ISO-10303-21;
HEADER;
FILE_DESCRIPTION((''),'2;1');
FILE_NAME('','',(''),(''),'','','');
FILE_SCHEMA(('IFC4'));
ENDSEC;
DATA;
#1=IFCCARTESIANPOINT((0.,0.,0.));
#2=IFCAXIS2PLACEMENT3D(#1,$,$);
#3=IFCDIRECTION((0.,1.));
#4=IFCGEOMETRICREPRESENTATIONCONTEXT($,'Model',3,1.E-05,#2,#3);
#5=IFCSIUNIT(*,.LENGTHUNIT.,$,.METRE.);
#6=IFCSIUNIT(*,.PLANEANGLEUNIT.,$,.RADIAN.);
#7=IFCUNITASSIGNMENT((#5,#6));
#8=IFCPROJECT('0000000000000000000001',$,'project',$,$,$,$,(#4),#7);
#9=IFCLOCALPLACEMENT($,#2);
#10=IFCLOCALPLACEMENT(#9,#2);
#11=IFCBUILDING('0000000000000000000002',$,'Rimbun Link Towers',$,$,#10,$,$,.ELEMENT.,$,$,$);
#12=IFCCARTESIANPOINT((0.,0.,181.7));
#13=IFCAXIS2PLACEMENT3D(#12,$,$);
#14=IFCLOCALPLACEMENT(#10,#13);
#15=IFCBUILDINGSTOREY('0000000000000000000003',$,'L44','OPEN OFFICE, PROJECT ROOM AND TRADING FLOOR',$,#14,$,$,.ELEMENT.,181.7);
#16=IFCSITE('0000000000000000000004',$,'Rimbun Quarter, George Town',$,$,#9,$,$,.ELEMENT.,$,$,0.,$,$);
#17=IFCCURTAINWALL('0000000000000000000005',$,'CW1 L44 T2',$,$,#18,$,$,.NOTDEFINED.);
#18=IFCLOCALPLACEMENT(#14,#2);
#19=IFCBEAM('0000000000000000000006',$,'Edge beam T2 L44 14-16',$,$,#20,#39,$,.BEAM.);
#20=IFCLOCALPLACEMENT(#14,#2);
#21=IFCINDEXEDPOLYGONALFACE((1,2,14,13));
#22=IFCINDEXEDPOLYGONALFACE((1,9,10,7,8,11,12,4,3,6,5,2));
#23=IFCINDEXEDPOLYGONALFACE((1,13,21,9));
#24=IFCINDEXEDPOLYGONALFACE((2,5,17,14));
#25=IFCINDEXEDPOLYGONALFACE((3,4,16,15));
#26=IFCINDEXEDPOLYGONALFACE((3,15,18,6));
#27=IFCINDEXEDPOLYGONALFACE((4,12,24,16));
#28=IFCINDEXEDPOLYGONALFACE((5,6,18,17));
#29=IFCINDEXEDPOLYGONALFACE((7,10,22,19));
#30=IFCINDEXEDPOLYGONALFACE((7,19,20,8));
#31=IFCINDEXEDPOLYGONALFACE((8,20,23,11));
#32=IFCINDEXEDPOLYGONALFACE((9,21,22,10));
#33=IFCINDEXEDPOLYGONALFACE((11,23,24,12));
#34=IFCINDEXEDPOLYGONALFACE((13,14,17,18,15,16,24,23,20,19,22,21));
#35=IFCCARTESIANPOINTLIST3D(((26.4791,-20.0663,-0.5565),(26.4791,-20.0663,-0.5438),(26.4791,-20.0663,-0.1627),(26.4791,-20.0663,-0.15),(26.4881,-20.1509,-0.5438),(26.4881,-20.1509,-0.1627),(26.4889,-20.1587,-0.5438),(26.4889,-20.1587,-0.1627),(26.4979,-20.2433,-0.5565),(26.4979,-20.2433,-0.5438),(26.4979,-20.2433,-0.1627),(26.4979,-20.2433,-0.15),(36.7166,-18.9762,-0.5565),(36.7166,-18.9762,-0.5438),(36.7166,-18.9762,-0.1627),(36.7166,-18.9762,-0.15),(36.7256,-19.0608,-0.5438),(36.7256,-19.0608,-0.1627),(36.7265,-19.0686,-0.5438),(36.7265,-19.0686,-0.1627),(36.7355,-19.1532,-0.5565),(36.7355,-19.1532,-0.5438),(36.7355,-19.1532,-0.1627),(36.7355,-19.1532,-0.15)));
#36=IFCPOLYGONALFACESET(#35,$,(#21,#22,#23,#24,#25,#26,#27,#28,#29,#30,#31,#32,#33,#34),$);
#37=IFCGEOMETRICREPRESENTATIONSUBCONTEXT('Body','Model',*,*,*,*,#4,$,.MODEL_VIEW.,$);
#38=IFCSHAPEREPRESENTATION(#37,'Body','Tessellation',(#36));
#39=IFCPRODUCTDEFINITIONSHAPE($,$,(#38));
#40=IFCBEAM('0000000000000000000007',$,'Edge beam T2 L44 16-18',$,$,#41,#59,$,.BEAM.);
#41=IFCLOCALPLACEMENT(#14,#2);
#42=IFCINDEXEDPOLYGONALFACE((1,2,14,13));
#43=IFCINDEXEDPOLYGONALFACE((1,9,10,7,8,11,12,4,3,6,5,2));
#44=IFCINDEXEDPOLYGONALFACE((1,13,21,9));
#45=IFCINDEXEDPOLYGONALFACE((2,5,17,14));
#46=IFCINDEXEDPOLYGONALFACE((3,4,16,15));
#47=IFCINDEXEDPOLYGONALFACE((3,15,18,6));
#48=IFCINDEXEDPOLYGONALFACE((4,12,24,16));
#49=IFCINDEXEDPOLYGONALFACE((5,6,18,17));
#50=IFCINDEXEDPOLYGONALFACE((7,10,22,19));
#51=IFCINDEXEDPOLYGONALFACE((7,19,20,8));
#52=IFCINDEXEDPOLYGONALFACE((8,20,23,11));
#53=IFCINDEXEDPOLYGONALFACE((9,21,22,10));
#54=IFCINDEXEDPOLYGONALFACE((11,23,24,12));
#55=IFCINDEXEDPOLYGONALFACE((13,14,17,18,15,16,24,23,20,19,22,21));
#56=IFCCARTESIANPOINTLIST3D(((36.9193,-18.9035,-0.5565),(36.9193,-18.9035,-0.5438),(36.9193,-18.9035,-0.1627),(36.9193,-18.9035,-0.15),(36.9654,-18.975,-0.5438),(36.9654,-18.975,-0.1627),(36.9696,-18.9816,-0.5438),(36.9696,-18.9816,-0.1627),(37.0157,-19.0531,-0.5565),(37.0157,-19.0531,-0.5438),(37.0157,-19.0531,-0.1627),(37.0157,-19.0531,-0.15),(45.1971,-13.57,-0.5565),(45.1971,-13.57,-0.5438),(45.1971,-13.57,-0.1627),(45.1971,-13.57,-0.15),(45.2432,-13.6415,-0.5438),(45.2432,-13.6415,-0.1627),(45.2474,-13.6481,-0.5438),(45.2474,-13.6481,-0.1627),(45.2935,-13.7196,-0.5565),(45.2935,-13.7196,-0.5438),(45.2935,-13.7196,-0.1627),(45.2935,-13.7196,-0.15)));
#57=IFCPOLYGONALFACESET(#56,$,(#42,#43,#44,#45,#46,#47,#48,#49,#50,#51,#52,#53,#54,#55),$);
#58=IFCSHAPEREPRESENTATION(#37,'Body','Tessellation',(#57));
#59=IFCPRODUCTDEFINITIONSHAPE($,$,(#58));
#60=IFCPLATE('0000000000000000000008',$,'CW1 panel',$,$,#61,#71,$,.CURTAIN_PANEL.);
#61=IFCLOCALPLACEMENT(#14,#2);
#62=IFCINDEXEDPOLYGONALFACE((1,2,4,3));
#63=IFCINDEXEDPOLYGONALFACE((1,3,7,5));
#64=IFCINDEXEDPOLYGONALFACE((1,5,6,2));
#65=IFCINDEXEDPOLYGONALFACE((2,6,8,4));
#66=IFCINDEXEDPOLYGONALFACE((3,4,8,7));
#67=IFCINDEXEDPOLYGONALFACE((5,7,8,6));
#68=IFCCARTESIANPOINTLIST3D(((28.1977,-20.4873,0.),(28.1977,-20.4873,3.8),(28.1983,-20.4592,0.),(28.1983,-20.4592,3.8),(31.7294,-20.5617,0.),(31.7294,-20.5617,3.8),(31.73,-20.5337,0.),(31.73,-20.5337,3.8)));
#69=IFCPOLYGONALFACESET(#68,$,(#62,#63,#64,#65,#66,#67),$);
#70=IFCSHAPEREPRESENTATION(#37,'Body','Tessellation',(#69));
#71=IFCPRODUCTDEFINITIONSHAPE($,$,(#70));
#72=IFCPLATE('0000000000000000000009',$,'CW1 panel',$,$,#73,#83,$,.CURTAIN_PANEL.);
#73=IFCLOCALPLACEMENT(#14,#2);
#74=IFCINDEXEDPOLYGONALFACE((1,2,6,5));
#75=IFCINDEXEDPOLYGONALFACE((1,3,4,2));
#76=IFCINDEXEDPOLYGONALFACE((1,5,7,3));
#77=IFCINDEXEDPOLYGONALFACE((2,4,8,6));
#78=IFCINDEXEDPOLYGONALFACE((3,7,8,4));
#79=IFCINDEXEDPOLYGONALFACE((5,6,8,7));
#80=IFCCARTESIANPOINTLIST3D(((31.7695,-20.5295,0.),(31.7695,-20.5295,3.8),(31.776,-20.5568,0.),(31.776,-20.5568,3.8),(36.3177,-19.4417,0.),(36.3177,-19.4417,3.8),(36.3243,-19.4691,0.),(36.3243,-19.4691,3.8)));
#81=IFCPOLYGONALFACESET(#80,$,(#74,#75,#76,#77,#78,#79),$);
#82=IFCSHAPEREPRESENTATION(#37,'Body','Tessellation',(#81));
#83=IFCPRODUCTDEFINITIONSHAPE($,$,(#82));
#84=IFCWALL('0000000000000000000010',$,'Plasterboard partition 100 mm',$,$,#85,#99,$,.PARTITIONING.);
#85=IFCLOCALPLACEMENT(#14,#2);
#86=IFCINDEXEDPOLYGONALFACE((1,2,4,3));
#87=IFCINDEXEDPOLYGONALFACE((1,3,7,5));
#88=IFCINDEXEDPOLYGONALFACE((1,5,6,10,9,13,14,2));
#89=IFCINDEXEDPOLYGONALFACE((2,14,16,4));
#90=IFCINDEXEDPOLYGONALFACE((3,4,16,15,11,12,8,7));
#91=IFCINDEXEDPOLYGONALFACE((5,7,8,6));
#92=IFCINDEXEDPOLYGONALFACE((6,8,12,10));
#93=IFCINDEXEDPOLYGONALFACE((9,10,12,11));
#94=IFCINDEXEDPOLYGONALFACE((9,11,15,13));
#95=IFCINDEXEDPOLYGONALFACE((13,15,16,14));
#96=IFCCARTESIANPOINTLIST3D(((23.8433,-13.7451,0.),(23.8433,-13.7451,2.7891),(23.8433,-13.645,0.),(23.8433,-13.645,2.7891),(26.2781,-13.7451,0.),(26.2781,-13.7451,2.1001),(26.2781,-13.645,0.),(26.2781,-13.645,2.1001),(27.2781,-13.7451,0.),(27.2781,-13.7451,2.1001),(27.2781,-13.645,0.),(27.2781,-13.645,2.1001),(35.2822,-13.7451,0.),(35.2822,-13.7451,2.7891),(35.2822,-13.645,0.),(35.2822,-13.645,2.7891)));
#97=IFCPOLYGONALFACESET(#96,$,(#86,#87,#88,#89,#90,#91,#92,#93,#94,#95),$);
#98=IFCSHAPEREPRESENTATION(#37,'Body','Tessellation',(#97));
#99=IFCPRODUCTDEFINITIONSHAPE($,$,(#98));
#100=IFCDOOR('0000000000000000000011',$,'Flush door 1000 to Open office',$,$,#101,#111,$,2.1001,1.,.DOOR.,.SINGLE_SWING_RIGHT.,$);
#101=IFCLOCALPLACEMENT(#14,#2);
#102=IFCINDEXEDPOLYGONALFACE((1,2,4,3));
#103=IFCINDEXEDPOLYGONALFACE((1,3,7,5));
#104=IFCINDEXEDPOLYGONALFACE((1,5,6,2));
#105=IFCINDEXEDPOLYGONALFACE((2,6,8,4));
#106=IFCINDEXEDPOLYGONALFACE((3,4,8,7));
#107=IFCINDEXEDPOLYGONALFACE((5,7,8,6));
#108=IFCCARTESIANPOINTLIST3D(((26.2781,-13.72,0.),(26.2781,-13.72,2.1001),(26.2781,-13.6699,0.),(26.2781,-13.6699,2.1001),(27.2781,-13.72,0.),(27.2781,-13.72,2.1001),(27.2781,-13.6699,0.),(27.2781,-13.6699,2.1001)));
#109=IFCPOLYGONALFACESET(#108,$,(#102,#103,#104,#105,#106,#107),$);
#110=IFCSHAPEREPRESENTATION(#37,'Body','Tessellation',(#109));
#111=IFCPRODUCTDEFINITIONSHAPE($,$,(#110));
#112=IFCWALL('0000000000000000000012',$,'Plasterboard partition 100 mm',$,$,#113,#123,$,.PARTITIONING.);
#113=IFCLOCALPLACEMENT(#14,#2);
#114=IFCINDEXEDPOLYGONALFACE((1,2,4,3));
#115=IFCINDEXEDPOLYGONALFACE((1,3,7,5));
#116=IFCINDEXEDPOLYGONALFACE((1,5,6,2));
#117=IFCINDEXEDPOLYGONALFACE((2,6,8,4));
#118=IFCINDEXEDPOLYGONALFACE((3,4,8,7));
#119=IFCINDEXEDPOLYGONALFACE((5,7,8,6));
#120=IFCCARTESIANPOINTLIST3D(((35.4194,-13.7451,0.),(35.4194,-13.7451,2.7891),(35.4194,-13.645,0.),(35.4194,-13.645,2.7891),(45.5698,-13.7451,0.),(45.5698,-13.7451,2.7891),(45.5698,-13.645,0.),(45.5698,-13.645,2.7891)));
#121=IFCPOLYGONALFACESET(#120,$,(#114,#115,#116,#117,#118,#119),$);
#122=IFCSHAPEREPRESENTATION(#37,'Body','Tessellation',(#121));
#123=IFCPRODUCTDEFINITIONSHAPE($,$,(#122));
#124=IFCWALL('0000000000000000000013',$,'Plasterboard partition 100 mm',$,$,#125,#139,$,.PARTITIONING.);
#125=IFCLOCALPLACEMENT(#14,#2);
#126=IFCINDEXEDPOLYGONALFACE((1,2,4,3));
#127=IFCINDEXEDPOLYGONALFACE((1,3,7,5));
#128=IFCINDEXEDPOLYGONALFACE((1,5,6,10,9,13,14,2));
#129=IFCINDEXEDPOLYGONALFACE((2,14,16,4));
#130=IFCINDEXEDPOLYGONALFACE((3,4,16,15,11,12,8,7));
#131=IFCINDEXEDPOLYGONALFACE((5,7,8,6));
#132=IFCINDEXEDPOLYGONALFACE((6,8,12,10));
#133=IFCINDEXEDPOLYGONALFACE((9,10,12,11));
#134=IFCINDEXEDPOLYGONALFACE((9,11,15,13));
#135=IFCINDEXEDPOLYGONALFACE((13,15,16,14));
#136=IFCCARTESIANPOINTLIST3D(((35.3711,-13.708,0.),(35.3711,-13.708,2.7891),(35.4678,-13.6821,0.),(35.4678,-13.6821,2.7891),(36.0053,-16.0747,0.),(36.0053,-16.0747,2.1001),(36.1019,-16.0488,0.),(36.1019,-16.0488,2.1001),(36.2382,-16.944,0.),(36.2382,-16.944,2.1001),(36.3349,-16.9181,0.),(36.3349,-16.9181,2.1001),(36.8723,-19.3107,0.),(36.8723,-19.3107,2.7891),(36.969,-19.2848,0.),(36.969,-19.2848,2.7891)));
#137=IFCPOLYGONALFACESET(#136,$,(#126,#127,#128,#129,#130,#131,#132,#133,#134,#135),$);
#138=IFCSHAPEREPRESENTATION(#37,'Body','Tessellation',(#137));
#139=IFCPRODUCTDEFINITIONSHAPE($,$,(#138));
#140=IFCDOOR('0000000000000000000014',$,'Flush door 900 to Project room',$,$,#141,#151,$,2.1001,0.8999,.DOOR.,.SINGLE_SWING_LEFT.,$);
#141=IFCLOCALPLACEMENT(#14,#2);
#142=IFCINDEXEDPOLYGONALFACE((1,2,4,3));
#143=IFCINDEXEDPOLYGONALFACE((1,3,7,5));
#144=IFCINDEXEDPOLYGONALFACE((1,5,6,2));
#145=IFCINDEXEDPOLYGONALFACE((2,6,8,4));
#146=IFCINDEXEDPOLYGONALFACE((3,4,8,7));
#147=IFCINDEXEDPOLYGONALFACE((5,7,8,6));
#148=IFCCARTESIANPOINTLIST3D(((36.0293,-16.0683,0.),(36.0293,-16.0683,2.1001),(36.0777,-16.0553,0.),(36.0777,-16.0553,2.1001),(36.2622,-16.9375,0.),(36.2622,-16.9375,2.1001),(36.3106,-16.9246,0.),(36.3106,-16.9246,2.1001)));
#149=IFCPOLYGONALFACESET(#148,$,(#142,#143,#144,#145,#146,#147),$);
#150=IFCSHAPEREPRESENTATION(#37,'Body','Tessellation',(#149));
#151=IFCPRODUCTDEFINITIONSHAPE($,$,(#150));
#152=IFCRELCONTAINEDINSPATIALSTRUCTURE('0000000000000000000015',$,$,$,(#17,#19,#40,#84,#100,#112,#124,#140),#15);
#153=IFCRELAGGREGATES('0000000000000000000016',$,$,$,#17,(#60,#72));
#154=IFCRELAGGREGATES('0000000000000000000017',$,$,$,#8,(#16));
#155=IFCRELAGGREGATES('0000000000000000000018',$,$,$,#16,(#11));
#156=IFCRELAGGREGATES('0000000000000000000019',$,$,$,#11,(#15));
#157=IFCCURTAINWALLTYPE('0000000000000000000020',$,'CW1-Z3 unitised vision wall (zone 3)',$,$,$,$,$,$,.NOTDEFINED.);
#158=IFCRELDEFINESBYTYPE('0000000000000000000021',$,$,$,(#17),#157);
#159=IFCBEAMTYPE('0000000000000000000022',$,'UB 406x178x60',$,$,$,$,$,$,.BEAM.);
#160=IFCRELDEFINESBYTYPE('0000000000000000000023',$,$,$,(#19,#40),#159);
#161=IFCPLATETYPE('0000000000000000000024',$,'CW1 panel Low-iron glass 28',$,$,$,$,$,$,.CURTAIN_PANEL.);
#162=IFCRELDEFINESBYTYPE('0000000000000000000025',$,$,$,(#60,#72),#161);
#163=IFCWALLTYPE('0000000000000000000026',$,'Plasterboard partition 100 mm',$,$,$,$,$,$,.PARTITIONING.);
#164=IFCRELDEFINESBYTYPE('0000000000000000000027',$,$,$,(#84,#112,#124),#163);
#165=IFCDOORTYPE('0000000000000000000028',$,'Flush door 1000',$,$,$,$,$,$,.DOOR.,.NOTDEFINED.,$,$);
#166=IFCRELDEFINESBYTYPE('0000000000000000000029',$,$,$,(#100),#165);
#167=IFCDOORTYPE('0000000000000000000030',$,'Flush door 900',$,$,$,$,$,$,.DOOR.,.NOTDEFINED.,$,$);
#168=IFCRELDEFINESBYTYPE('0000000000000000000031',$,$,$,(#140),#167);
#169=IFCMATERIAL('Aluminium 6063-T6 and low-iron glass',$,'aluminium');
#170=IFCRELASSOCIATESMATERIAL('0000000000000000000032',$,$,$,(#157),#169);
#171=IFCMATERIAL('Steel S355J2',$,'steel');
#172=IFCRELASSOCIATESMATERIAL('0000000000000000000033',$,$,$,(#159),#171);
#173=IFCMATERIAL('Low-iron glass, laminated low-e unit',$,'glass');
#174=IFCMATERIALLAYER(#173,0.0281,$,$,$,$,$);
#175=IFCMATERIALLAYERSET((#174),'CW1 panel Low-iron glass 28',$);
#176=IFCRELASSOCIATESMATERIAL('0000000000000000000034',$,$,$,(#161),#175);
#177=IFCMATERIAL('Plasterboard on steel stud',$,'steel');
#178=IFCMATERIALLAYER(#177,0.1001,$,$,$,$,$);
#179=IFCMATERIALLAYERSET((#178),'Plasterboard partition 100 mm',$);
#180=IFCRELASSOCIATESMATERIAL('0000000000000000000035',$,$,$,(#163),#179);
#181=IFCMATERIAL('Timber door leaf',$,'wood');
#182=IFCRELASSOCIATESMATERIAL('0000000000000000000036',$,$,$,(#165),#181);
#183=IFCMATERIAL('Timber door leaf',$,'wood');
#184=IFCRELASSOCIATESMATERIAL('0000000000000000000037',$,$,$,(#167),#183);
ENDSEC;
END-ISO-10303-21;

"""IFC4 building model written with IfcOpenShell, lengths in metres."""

from ifc_helpers import new_model, si_unit, direction, frame, frame_2d, origin, origin_2d, place, context, subcontext, project, spatial, rectangle, i_section, extrude, material, layer, layer_set, material_profile, profile_set, type_object, element, fill, aggregate, save


model = new_model("IFC4")

# Units and contexts
model_context = context("Model", 3, precision=1e-05, world=origin(), true_north=direction((0.0, 1.0)))
body_context = subcontext(model_context, "Body", "Model", "MODEL_VIEW")
ifc_project = project(units=[si_unit("LENGTHUNIT", "METRE"), si_unit("PLANEANGLEUNIT", "RADIAN")], contexts=[model_context])

# Site, building, storey
site_placement = place(None, origin())
site = spatial("IfcSite", under=ifc_project, at=site_placement, Name="Rimbun Quarter, George Town", CompositionType="ELEMENT", RefElevation=0.0)
building_placement = place(site_placement, origin())
building = spatial("IfcBuilding", under=site, at=building_placement, Name="Rimbun Link Towers", CompositionType="ELEMENT")
storey_placement = place(building_placement, frame((0.0, 0.0, 181.7)))
storey = spatial("IfcBuildingStorey", under=building, at=storey_placement, Name="L44", Description="OPEN OFFICE, PROJECT ROOM AND TRADING FLOOR", CompositionType="ELEMENT", Elevation=181.7)

# Curtain wall
ifc_material_1 = material(Name="Aluminium 6063-T6 and low-iron glass", Category="aluminium")
curtain_wall_type = type_object("IfcCurtainWallType", Name="CW1-Z3 unitised vision wall (zone 3)", PredefinedType="NOTDEFINED", material=ifc_material_1)
curtain_wall_placement = place(storey_placement, origin())
curtain_wall = element("IfcCurtainWall", 1, at=curtain_wall_placement, inside=storey, type_object=curtain_wall_type, Name="CW1 L44 T2", PredefinedType="NOTDEFINED")

# Beams
ifc_material_2 = material(Name="Steel S355J2", Category="steel")
ifc_material_profile_1 = material_profile(ifc_material_2, i_section(OverallWidth=0.178, OverallDepth=0.4065, WebThickness=0.0078, FlangeThickness=0.0127, at=origin_2d()), Name="UB 406x178x60")
ifc_profile_set_1 = profile_set([ifc_material_profile_1], Name="Steel S355J2")
beam_type_1 = type_object("IfcBeamType", Name="UB 406x178x60", PredefinedType="BEAM", material=ifc_profile_set_1)
beam_1_placement = place(storey_placement, frame((26.4885, -20.1548, -0.3533), z_axis=(0.994379, 0.105881, 0.0), x_axis=(-0.105881, 0.994379, 0.0)))
element("IfcBeam", 2, at=beam_1_placement, inside=storey, type_object=beam_type_1, Name="Edge beam T2 L44 14-16", PredefinedType="BEAM", context=body_context, shape_type="SweptSolid", body=[
    extrude(i_section(OverallWidth=0.178, OverallDepth=0.4065, WebThickness=0.0078, FlangeThickness=0.0127, at=origin_2d()), origin(), (0.0, 0.0, 1.0), 10.2954),
])
beam_2_placement = place(storey_placement, frame((36.9675, -18.9783, -0.3533), z_axis=(0.840622, 0.541622, 0.0), x_axis=(-0.541622, 0.840622, 0.0)))
element("IfcBeam", 3, at=beam_2_placement, inside=storey, type_object=beam_type_1, Name="Edge beam T2 L44 16-18", PredefinedType="BEAM", context=body_context, shape_type="SweptSolid", body=[
    extrude(i_section(OverallWidth=0.178, OverallDepth=0.4065, WebThickness=0.0078, FlangeThickness=0.0127, at=origin_2d()), origin(), (0.0, 0.0, 1.0), 9.8472),
])

# Plates
ifc_material_3 = material(Name="Low-iron glass, laminated low-e unit", Category="glass")
ifc_layer_1 = layer(ifc_material_3, 0.0281)
ifc_layer_set_1 = layer_set([ifc_layer_1], Name="CW1 panel Low-iron glass 28")
plate_type = type_object("IfcPlateType", Name="CW1 panel Low-iron glass 28", PredefinedType="CURTAIN_PANEL", material=ifc_layer_set_1)
plate_1_placement = place(storey_placement, frame((29.9639, -20.5105, 0.0), z_axis=(0.0, 0.0, 1.0), x_axis=(-0.999778, 0.021069, 0.0)))
plate_1 = element("IfcPlate", 4, at=plate_1_placement, type_object=plate_type, Name="CW1 panel", PredefinedType="CURTAIN_PANEL", context=body_context, shape_type="SweptSolid", body=[
    extrude(rectangle(XDim=3.5325, YDim=0.0281, at=origin_2d()), origin(), (0.0, 0.0, 1.0), 3.8),
])
plate_2_placement = place(storey_placement, frame((34.0469, -19.9993, 0.0), z_axis=(0.0, 0.0, 1.0), x_axis=(-0.972573, -0.232596, 0.0)))
plate_2 = element("IfcPlate", 5, at=plate_2_placement, type_object=plate_type, Name="CW1 panel", PredefinedType="CURTAIN_PANEL", context=body_context, shape_type="SweptSolid", body=[
    extrude(rectangle(XDim=4.6765, YDim=0.0281, at=origin_2d()), origin(), (0.0, 0.0, 1.0), 3.8),
])
aggregate(curtain_wall, [plate_1, plate_2])

# Wall, opening, door
ifc_material_4 = material(Name="Plasterboard on steel stud", Category="steel")
ifc_layer_2 = layer(ifc_material_4, 0.1001)
ifc_layer_set_2 = layer_set([ifc_layer_2], Name="Plasterboard partition 100 mm")
wall_type = type_object("IfcWallType", Name="Plasterboard partition 100 mm", PredefinedType="PARTITIONING", material=ifc_layer_set_2)
wall_1_placement = place(storey_placement, frame((35.2822, -13.6951, 0.0), z_axis=(0.0, 0.0, 1.0), x_axis=(-1.0, 0.0, 0.0)))
wall_1 = element("IfcWall", 6, at=wall_1_placement, inside=storey, type_object=wall_type, Name="Plasterboard partition 100 mm", PredefinedType="PARTITIONING", context=body_context, shape_type="SweptSolid", body=[
    extrude(rectangle(XDim=11.439, YDim=0.1001, at=frame_2d((5.7195, 0.0))), origin(), (0.0, 0.0, 1.0), 2.7891),
])
opening_1_placement = place(wall_1_placement, frame((8.0042, 0.0, 0.0)))
opening_1 = element("IfcOpeningElement", 7, at=opening_1_placement, cuts=wall_1, PredefinedType="OPENING", context=body_context, shape_type="SweptSolid", body=[
    extrude(rectangle(XDim=1.0, YDim=2.1001, at=frame_2d((0.5, 1.05))), frame((0.0, 0.0601, 0.0), z_axis=(0.0, -1.0, 0.0), x_axis=(1.0, 0.0, 0.0)), (0.0, 0.0, 1.0), 0.1201),
])
ifc_material_5 = material(Name="Timber door leaf", Category="wood")
door_type_1 = type_object("IfcDoorType", Name="Flush door 1000", OperationType="NOTDEFINED", PredefinedType="DOOR", material=ifc_material_5)
door_1_placement = place(opening_1_placement, origin())
door_1 = element("IfcDoor", 8, at=door_1_placement, inside=storey, type_object=door_type_1, Name="Flush door 1000 to Open office", OperationType="SINGLE_SWING_RIGHT", OverallHeight=2.1001, OverallWidth=1.0, PredefinedType="DOOR", context=body_context, shape_type="SweptSolid", body=[
    extrude(rectangle(XDim=1.0, YDim=2.1001, at=frame_2d((0.5, 1.05))), frame((0.0, 0.0249, 0.0), z_axis=(0.0, -1.0, 0.0), x_axis=(1.0, 0.0, 0.0)), (0.0, 0.0, 1.0), 0.05),
])
fill(opening_1, door_1)

# Wall
wall_2_placement = place(storey_placement, frame((35.4194, -13.6951, 0.0), z_axis=(0.0, 0.0, 1.0), x_axis=(1.0, 0.0, 0.0)))
element("IfcWall", 9, at=wall_2_placement, inside=storey, type_object=wall_type, Name="Plasterboard partition 100 mm", PredefinedType="PARTITIONING", context=body_context, shape_type="SweptSolid", body=[
    extrude(rectangle(XDim=10.1504, YDim=0.1001, at=frame_2d((5.0752, 0.0))), origin(), (0.0, 0.0, 1.0), 2.7891),
])

# Wall, opening, door
wall_3_placement = place(storey_placement, frame((35.4194, -13.6951, 0.0), z_axis=(0.0, 0.0, 1.0), x_axis=(0.258823, -0.965925, 0.0)))
wall_3 = element("IfcWall", 10, at=wall_3_placement, inside=storey, type_object=wall_type, Name="Plasterboard partition 100 mm", PredefinedType="PARTITIONING", context=body_context, shape_type="SweptSolid", body=[
    extrude(rectangle(XDim=5.8003, YDim=0.1001, at=frame_2d((2.9001, 0.0))), origin(), (0.0, 0.0, 1.0), 2.7891),
])
opening_2_placement = place(wall_3_placement, frame((2.4502, 0.0, 0.0)))
opening_2 = element("IfcOpeningElement", 11, at=opening_2_placement, cuts=wall_3, PredefinedType="OPENING", context=body_context, shape_type="SweptSolid", body=[
    extrude(rectangle(XDim=0.8999, YDim=2.1001, at=frame_2d((0.45, 1.05))), frame((0.0, 0.0601, 0.0), z_axis=(0.0, -1.0, 0.0), x_axis=(1.0, 0.0, 0.0)), (0.0, 0.0, 1.0), 0.1201),
])
ifc_material_6 = material(Name="Timber door leaf", Category="wood")
door_type_2 = type_object("IfcDoorType", Name="Flush door 900", OperationType="NOTDEFINED", PredefinedType="DOOR", material=ifc_material_6)
door_2_placement = place(opening_2_placement, origin())
door_2 = element("IfcDoor", 12, at=door_2_placement, inside=storey, type_object=door_type_2, Name="Flush door 900 to Project room", OperationType="SINGLE_SWING_LEFT", OverallHeight=2.1001, OverallWidth=0.8999, PredefinedType="DOOR", context=body_context, shape_type="SweptSolid", body=[
    extrude(rectangle(XDim=0.8999, YDim=2.1001, at=frame_2d((0.45, 1.05))), frame((0.0, 0.0249, 0.0), z_axis=(0.0, -1.0, 0.0), x_axis=(1.0, 0.0, 0.0)), (0.0, 0.0, 1.0), 0.05),
])
fill(opening_2, door_2)

save(model, "model.ifc")
